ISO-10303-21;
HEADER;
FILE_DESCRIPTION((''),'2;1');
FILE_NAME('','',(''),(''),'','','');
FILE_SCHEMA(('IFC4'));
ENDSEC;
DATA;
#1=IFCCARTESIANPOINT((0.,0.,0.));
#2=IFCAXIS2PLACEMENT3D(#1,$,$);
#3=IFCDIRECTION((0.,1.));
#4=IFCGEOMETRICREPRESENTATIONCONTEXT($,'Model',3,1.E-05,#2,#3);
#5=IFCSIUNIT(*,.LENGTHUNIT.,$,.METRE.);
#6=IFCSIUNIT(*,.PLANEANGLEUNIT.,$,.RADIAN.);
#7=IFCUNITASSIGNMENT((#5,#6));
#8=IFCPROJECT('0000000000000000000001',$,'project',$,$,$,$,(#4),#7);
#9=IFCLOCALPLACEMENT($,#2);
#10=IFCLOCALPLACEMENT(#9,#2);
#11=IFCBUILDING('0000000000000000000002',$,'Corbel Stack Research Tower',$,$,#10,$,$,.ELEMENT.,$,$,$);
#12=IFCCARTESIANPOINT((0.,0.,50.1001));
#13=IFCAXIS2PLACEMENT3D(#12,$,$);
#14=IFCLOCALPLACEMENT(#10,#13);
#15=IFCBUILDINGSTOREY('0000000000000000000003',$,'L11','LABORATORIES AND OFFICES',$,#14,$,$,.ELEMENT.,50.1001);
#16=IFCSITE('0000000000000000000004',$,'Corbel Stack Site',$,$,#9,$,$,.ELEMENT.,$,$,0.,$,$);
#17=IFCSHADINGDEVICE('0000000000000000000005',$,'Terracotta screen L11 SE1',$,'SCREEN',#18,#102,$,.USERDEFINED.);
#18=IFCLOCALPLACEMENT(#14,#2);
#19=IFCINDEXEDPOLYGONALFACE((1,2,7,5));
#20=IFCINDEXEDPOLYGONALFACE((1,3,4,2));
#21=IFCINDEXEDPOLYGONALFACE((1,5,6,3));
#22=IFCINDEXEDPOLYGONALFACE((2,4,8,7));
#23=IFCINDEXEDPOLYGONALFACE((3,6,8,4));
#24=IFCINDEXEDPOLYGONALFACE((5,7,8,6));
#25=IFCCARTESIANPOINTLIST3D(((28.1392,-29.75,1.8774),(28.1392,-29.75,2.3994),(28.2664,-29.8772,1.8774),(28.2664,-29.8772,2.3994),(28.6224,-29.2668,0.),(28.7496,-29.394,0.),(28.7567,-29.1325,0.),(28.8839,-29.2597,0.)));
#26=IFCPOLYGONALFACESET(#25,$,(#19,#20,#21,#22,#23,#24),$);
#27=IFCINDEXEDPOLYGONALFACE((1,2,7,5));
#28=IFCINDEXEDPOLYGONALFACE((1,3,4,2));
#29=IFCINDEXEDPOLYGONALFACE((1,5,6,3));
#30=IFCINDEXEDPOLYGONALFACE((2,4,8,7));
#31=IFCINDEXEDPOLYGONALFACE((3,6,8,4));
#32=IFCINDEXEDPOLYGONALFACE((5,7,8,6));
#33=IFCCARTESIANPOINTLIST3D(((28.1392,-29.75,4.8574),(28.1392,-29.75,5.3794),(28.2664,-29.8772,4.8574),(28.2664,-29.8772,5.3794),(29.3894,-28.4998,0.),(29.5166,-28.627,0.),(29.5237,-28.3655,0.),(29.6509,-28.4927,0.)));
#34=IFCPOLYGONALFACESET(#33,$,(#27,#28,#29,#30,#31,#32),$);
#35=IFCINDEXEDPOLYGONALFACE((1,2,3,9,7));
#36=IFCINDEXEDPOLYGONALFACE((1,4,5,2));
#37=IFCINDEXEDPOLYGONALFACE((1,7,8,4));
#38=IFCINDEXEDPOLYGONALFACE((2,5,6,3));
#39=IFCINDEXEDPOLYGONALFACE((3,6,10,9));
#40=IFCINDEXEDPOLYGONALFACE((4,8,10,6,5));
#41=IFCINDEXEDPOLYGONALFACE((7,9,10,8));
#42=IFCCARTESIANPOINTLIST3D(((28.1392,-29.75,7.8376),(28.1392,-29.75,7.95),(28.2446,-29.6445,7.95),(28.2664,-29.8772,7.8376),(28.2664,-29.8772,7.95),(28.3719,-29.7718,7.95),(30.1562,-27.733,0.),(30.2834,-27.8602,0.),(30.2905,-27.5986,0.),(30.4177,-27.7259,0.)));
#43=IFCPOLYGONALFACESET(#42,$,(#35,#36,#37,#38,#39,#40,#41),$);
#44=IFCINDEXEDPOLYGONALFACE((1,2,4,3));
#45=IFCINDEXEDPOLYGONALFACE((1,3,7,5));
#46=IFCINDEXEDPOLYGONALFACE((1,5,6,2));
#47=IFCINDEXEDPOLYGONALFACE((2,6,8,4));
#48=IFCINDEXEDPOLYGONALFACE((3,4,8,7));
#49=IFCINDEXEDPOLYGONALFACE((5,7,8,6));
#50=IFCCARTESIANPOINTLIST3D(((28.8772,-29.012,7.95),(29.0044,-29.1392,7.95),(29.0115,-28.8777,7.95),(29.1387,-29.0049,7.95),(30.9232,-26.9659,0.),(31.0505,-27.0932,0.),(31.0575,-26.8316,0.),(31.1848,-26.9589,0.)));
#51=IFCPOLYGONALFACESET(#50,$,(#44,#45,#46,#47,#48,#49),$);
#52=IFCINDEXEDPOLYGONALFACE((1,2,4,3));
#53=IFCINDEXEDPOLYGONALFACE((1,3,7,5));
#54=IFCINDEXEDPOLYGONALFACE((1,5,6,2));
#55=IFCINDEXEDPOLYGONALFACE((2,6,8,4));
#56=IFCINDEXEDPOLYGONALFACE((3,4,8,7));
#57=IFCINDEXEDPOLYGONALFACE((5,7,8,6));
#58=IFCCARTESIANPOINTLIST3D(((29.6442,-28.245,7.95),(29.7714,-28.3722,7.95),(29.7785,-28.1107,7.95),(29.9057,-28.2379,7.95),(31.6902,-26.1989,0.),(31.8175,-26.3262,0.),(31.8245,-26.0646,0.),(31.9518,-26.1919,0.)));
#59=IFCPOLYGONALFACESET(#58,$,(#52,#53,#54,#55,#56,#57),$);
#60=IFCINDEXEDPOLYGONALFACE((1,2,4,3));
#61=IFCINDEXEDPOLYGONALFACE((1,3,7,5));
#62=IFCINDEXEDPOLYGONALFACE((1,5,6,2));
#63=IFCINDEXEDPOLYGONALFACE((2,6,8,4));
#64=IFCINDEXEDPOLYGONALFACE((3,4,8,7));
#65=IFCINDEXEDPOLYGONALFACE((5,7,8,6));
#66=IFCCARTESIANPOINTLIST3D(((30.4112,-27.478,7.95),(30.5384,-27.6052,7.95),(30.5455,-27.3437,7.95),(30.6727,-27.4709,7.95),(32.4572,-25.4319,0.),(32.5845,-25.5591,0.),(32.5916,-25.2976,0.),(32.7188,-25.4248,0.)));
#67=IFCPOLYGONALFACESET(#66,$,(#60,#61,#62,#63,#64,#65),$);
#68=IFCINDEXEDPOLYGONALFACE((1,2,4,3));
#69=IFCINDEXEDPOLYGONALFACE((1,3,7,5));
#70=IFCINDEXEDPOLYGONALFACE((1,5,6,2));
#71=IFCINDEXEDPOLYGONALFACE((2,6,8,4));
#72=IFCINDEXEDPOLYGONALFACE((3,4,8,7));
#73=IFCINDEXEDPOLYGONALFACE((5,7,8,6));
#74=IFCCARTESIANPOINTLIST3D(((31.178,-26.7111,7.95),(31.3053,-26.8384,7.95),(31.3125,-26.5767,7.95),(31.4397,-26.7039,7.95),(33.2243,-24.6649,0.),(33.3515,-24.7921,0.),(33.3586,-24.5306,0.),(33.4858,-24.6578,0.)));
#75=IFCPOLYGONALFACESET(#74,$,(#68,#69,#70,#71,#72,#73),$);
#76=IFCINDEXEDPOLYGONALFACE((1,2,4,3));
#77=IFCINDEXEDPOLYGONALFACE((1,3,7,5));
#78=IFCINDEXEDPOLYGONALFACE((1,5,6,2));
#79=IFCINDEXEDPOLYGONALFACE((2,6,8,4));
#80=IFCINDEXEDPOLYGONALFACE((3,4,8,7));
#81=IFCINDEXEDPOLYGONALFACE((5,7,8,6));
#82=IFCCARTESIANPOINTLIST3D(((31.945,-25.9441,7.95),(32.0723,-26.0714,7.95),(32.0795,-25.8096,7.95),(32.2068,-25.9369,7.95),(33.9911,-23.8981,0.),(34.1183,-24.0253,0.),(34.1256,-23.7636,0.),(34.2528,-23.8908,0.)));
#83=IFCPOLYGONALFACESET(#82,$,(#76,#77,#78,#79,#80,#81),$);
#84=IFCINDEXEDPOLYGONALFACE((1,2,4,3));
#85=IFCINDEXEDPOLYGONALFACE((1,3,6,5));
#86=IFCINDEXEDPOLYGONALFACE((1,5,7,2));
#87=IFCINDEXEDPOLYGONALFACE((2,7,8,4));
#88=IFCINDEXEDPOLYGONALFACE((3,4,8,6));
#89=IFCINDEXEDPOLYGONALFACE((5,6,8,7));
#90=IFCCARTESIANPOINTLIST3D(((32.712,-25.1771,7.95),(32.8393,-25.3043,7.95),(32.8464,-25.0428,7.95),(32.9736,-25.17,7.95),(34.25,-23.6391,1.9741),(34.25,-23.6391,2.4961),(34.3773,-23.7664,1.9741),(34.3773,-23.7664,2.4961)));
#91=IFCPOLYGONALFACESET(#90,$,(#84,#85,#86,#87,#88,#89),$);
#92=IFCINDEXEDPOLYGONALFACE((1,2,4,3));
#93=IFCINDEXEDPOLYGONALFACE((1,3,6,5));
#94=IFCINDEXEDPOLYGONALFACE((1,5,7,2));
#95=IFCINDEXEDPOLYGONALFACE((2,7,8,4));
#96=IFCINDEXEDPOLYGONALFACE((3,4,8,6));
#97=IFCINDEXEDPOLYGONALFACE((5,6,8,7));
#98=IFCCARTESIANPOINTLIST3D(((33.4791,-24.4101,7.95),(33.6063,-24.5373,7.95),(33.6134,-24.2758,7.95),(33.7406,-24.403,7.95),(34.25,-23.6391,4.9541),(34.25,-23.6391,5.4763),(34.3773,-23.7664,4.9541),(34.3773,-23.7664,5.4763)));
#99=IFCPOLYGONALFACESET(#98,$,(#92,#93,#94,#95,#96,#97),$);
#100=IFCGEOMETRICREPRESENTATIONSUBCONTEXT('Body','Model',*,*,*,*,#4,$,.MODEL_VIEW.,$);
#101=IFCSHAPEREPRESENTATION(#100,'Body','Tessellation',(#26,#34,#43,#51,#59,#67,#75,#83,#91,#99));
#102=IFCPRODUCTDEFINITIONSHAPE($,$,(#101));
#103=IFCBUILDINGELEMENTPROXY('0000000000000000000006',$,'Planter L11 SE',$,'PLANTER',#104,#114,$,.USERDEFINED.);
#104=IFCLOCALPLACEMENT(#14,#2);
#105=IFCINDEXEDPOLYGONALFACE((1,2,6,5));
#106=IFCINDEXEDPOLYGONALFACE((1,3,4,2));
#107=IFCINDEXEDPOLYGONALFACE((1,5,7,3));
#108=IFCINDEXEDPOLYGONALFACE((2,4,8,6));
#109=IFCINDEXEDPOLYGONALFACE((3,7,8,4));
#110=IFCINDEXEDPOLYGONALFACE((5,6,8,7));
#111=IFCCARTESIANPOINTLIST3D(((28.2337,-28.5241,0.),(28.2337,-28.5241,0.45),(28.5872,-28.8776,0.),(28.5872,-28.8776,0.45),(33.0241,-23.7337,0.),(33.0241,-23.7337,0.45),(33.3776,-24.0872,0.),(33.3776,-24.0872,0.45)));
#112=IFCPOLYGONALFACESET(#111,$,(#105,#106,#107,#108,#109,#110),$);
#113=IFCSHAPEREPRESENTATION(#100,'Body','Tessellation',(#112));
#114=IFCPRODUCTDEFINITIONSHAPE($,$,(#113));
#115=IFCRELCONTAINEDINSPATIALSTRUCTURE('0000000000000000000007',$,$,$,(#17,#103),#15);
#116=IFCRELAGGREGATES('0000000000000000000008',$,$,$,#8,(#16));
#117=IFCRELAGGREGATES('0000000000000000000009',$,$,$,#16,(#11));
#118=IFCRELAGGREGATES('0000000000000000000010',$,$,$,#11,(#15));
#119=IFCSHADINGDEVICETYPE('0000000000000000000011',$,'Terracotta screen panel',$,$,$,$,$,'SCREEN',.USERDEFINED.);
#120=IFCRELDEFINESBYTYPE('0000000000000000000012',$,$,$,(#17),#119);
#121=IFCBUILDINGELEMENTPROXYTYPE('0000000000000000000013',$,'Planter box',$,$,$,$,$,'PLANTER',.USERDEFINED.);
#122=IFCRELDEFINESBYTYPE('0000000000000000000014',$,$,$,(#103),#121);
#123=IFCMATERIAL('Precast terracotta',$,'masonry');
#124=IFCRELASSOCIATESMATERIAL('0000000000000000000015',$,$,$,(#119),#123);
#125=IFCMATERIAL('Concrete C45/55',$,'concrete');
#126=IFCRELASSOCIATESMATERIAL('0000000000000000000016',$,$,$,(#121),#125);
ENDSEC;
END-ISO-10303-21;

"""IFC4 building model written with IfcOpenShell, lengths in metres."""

from ifc_helpers import new_model, si_unit, direction, frame, origin, origin_2d, place, context, subcontext, project, spatial, polyline, rectangle, outline, extrude, source, transform, mapped, material, type_object, element, save


model = new_model("IFC4")

# Units and contexts
model_context = context("Model", 3, precision=1e-05, world=origin(), true_north=direction((0.0, 1.0)))
body_context = subcontext(model_context, "Body", "Model", "MODEL_VIEW")
ifc_project = project(units=[si_unit("LENGTHUNIT", "METRE"), si_unit("PLANEANGLEUNIT", "RADIAN")], contexts=[model_context])

# Site, building, storey
site_placement = place(None, origin())
site = spatial("IfcSite", under=ifc_project, at=site_placement, Name="Corbel Stack Site", CompositionType="ELEMENT", RefElevation=0.0)
building_placement = place(site_placement, origin())
building = spatial("IfcBuilding", under=site, at=building_placement, Name="Corbel Stack Research Tower", CompositionType="ELEMENT")
storey_placement = place(building_placement, frame((0.0, 0.0, 50.1001)))
storey = spatial("IfcBuildingStorey", under=building, at=storey_placement, Name="L11", Description="LABORATORIES AND OFFICES", CompositionType="ELEMENT", Elevation=50.1001)

# Shading device
ifc_material_1 = material(Name="Precast terracotta", Category="masonry")
shading_device_type = type_object("IfcShadingDeviceType", Name="Terracotta screen panel", ElementType="SCREEN", PredefinedType="USERDEFINED", material=ifc_material_1)
shared_shape_1 = source(origin(), body_context, "Body", "SweptSolid", [
    extrude(outline(polyline([(0.8733, 0.0), (0.0, 2.3994), (0.0, 1.8774), (0.6833, 0.0), (0.8733, 0.0)])), frame((0.0, 0.0, 0.0), z_axis=(0.0, -1.0, 0.0), x_axis=(1.0, 0.0, 0.0)), (0.0, 0.0, 1.0), 0.1799),
    extrude(outline(polyline([(1.958, 0.0), (0.0, 5.3794), (0.0, 4.8574), (1.7681, 0.0), (1.958, 0.0)])), frame((0.0, 0.0, 0.0), z_axis=(0.0, -1.0, 0.0), x_axis=(1.0, 0.0, 0.0)), (0.0, 0.0, 1.0), 0.1799),
    extrude(outline(polyline([(3.0425, 0.0), (0.1492, 7.95), (0.0, 7.95), (0.0, 7.8376), (2.8525, 0.0), (3.0425, 0.0)])), frame((0.0, 0.0, 0.0), z_axis=(0.0, -1.0, 0.0), x_axis=(1.0, 0.0, 0.0)), (0.0, 0.0, 1.0), 0.1799),
    extrude(outline(polyline([(4.1272, 0.0), (1.2336, 7.95), (1.0437, 7.95), (3.9373, 0.0), (4.1272, 0.0)])), frame((0.0, 0.0, 0.0), z_axis=(0.0, -1.0, 0.0), x_axis=(1.0, 0.0, 0.0)), (0.0, 0.0, 1.0), 0.1799),
    extrude(outline(polyline([(5.2119, 0.0), (2.3184, 7.95), (2.1284, 7.95), (5.022, 0.0), (5.2119, 0.0)])), frame((0.0, 0.0, 0.0), z_axis=(0.0, -1.0, 0.0), x_axis=(1.0, 0.0, 0.0)), (0.0, 0.0, 1.0), 0.1799),
    extrude(outline(polyline([(6.2966, 0.0), (3.4031, 7.95), (3.2131, 7.95), (6.1067, 0.0), (6.2966, 0.0)])), frame((0.0, 0.0, 0.0), z_axis=(0.0, -1.0, 0.0), x_axis=(1.0, 0.0, 0.0)), (0.0, 0.0, 1.0), 0.1799),
    extrude(outline(polyline([(7.3813, 0.0), (4.4878, 7.95), (4.2976, 7.95), (7.1914, 0.0), (7.3813, 0.0)])), frame((0.0, 0.0, 0.0), z_axis=(0.0, -1.0, 0.0), x_axis=(1.0, 0.0, 0.0)), (0.0, 0.0, 1.0), 0.1799),
    extrude(outline(polyline([(8.4661, 0.0), (5.5725, 7.95), (5.3823, 7.95), (8.2759, 0.0), (8.4661, 0.0)])), frame((0.0, 0.0, 0.0), z_axis=(0.0, -1.0, 0.0), x_axis=(1.0, 0.0, 0.0)), (0.0, 0.0, 1.0), 0.1799),
    extrude(outline(polyline([(6.657, 7.95), (6.467, 7.95), (8.6421, 1.9741), (8.6421, 2.4961), (6.657, 7.95)])), frame((0.0, 0.0, 0.0), z_axis=(0.0, -1.0, 0.0), x_axis=(1.0, 0.0, 0.0)), (0.0, 0.0, 1.0), 0.1799),
    extrude(outline(polyline([(7.7417, 7.95), (7.5518, 7.95), (8.6421, 4.9541), (8.6421, 5.4763), (7.7417, 7.95)])), frame((0.0, 0.0, 0.0), z_axis=(0.0, -1.0, 0.0), x_axis=(1.0, 0.0, 0.0)), (0.0, 0.0, 1.0), 0.1799),
])
shading_device_1_placement = place(storey_placement, frame((28.1392, -29.75, 0.0), z_axis=(0.0, 0.0, 1.0), x_axis=(0.707107, 0.707107, 0.0)))
element("IfcShadingDevice", 1, at=shading_device_1_placement, inside=storey, type_object=shading_device_type, Name="Terracotta screen L11 SE1", ObjectType="SCREEN", PredefinedType="USERDEFINED", context=body_context, shape_type="MappedRepresentation", body=[
    mapped(shared_shape_1, transform((0.0, 0.0, 0.0))),
])

# Building element proxy
ifc_material_2 = material(Name="Concrete C45/55", Category="concrete")
building_element_proxy_type = type_object("IfcBuildingElementProxyType", Name="Planter box", ElementType="PLANTER", PredefinedType="USERDEFINED", material=ifc_material_2)
proxy_placement = place(storey_placement, frame((30.8057, -26.3057, 0.0), z_axis=(0.0, 0.0, 1.0), x_axis=(0.707107, 0.707107, 0.0)))
element("IfcBuildingElementProxy", 2, at=proxy_placement, inside=storey, type_object=building_element_proxy_type, Name="Planter L11 SE", ObjectType="PLANTER", PredefinedType="USERDEFINED", context=body_context, shape_type="SweptSolid", body=[
    extrude(rectangle(XDim=6.7747, YDim=0.5, at=origin_2d()), origin(), (0.0, 0.0, 1.0), 0.45),
])

save(model, "model.ifc")
